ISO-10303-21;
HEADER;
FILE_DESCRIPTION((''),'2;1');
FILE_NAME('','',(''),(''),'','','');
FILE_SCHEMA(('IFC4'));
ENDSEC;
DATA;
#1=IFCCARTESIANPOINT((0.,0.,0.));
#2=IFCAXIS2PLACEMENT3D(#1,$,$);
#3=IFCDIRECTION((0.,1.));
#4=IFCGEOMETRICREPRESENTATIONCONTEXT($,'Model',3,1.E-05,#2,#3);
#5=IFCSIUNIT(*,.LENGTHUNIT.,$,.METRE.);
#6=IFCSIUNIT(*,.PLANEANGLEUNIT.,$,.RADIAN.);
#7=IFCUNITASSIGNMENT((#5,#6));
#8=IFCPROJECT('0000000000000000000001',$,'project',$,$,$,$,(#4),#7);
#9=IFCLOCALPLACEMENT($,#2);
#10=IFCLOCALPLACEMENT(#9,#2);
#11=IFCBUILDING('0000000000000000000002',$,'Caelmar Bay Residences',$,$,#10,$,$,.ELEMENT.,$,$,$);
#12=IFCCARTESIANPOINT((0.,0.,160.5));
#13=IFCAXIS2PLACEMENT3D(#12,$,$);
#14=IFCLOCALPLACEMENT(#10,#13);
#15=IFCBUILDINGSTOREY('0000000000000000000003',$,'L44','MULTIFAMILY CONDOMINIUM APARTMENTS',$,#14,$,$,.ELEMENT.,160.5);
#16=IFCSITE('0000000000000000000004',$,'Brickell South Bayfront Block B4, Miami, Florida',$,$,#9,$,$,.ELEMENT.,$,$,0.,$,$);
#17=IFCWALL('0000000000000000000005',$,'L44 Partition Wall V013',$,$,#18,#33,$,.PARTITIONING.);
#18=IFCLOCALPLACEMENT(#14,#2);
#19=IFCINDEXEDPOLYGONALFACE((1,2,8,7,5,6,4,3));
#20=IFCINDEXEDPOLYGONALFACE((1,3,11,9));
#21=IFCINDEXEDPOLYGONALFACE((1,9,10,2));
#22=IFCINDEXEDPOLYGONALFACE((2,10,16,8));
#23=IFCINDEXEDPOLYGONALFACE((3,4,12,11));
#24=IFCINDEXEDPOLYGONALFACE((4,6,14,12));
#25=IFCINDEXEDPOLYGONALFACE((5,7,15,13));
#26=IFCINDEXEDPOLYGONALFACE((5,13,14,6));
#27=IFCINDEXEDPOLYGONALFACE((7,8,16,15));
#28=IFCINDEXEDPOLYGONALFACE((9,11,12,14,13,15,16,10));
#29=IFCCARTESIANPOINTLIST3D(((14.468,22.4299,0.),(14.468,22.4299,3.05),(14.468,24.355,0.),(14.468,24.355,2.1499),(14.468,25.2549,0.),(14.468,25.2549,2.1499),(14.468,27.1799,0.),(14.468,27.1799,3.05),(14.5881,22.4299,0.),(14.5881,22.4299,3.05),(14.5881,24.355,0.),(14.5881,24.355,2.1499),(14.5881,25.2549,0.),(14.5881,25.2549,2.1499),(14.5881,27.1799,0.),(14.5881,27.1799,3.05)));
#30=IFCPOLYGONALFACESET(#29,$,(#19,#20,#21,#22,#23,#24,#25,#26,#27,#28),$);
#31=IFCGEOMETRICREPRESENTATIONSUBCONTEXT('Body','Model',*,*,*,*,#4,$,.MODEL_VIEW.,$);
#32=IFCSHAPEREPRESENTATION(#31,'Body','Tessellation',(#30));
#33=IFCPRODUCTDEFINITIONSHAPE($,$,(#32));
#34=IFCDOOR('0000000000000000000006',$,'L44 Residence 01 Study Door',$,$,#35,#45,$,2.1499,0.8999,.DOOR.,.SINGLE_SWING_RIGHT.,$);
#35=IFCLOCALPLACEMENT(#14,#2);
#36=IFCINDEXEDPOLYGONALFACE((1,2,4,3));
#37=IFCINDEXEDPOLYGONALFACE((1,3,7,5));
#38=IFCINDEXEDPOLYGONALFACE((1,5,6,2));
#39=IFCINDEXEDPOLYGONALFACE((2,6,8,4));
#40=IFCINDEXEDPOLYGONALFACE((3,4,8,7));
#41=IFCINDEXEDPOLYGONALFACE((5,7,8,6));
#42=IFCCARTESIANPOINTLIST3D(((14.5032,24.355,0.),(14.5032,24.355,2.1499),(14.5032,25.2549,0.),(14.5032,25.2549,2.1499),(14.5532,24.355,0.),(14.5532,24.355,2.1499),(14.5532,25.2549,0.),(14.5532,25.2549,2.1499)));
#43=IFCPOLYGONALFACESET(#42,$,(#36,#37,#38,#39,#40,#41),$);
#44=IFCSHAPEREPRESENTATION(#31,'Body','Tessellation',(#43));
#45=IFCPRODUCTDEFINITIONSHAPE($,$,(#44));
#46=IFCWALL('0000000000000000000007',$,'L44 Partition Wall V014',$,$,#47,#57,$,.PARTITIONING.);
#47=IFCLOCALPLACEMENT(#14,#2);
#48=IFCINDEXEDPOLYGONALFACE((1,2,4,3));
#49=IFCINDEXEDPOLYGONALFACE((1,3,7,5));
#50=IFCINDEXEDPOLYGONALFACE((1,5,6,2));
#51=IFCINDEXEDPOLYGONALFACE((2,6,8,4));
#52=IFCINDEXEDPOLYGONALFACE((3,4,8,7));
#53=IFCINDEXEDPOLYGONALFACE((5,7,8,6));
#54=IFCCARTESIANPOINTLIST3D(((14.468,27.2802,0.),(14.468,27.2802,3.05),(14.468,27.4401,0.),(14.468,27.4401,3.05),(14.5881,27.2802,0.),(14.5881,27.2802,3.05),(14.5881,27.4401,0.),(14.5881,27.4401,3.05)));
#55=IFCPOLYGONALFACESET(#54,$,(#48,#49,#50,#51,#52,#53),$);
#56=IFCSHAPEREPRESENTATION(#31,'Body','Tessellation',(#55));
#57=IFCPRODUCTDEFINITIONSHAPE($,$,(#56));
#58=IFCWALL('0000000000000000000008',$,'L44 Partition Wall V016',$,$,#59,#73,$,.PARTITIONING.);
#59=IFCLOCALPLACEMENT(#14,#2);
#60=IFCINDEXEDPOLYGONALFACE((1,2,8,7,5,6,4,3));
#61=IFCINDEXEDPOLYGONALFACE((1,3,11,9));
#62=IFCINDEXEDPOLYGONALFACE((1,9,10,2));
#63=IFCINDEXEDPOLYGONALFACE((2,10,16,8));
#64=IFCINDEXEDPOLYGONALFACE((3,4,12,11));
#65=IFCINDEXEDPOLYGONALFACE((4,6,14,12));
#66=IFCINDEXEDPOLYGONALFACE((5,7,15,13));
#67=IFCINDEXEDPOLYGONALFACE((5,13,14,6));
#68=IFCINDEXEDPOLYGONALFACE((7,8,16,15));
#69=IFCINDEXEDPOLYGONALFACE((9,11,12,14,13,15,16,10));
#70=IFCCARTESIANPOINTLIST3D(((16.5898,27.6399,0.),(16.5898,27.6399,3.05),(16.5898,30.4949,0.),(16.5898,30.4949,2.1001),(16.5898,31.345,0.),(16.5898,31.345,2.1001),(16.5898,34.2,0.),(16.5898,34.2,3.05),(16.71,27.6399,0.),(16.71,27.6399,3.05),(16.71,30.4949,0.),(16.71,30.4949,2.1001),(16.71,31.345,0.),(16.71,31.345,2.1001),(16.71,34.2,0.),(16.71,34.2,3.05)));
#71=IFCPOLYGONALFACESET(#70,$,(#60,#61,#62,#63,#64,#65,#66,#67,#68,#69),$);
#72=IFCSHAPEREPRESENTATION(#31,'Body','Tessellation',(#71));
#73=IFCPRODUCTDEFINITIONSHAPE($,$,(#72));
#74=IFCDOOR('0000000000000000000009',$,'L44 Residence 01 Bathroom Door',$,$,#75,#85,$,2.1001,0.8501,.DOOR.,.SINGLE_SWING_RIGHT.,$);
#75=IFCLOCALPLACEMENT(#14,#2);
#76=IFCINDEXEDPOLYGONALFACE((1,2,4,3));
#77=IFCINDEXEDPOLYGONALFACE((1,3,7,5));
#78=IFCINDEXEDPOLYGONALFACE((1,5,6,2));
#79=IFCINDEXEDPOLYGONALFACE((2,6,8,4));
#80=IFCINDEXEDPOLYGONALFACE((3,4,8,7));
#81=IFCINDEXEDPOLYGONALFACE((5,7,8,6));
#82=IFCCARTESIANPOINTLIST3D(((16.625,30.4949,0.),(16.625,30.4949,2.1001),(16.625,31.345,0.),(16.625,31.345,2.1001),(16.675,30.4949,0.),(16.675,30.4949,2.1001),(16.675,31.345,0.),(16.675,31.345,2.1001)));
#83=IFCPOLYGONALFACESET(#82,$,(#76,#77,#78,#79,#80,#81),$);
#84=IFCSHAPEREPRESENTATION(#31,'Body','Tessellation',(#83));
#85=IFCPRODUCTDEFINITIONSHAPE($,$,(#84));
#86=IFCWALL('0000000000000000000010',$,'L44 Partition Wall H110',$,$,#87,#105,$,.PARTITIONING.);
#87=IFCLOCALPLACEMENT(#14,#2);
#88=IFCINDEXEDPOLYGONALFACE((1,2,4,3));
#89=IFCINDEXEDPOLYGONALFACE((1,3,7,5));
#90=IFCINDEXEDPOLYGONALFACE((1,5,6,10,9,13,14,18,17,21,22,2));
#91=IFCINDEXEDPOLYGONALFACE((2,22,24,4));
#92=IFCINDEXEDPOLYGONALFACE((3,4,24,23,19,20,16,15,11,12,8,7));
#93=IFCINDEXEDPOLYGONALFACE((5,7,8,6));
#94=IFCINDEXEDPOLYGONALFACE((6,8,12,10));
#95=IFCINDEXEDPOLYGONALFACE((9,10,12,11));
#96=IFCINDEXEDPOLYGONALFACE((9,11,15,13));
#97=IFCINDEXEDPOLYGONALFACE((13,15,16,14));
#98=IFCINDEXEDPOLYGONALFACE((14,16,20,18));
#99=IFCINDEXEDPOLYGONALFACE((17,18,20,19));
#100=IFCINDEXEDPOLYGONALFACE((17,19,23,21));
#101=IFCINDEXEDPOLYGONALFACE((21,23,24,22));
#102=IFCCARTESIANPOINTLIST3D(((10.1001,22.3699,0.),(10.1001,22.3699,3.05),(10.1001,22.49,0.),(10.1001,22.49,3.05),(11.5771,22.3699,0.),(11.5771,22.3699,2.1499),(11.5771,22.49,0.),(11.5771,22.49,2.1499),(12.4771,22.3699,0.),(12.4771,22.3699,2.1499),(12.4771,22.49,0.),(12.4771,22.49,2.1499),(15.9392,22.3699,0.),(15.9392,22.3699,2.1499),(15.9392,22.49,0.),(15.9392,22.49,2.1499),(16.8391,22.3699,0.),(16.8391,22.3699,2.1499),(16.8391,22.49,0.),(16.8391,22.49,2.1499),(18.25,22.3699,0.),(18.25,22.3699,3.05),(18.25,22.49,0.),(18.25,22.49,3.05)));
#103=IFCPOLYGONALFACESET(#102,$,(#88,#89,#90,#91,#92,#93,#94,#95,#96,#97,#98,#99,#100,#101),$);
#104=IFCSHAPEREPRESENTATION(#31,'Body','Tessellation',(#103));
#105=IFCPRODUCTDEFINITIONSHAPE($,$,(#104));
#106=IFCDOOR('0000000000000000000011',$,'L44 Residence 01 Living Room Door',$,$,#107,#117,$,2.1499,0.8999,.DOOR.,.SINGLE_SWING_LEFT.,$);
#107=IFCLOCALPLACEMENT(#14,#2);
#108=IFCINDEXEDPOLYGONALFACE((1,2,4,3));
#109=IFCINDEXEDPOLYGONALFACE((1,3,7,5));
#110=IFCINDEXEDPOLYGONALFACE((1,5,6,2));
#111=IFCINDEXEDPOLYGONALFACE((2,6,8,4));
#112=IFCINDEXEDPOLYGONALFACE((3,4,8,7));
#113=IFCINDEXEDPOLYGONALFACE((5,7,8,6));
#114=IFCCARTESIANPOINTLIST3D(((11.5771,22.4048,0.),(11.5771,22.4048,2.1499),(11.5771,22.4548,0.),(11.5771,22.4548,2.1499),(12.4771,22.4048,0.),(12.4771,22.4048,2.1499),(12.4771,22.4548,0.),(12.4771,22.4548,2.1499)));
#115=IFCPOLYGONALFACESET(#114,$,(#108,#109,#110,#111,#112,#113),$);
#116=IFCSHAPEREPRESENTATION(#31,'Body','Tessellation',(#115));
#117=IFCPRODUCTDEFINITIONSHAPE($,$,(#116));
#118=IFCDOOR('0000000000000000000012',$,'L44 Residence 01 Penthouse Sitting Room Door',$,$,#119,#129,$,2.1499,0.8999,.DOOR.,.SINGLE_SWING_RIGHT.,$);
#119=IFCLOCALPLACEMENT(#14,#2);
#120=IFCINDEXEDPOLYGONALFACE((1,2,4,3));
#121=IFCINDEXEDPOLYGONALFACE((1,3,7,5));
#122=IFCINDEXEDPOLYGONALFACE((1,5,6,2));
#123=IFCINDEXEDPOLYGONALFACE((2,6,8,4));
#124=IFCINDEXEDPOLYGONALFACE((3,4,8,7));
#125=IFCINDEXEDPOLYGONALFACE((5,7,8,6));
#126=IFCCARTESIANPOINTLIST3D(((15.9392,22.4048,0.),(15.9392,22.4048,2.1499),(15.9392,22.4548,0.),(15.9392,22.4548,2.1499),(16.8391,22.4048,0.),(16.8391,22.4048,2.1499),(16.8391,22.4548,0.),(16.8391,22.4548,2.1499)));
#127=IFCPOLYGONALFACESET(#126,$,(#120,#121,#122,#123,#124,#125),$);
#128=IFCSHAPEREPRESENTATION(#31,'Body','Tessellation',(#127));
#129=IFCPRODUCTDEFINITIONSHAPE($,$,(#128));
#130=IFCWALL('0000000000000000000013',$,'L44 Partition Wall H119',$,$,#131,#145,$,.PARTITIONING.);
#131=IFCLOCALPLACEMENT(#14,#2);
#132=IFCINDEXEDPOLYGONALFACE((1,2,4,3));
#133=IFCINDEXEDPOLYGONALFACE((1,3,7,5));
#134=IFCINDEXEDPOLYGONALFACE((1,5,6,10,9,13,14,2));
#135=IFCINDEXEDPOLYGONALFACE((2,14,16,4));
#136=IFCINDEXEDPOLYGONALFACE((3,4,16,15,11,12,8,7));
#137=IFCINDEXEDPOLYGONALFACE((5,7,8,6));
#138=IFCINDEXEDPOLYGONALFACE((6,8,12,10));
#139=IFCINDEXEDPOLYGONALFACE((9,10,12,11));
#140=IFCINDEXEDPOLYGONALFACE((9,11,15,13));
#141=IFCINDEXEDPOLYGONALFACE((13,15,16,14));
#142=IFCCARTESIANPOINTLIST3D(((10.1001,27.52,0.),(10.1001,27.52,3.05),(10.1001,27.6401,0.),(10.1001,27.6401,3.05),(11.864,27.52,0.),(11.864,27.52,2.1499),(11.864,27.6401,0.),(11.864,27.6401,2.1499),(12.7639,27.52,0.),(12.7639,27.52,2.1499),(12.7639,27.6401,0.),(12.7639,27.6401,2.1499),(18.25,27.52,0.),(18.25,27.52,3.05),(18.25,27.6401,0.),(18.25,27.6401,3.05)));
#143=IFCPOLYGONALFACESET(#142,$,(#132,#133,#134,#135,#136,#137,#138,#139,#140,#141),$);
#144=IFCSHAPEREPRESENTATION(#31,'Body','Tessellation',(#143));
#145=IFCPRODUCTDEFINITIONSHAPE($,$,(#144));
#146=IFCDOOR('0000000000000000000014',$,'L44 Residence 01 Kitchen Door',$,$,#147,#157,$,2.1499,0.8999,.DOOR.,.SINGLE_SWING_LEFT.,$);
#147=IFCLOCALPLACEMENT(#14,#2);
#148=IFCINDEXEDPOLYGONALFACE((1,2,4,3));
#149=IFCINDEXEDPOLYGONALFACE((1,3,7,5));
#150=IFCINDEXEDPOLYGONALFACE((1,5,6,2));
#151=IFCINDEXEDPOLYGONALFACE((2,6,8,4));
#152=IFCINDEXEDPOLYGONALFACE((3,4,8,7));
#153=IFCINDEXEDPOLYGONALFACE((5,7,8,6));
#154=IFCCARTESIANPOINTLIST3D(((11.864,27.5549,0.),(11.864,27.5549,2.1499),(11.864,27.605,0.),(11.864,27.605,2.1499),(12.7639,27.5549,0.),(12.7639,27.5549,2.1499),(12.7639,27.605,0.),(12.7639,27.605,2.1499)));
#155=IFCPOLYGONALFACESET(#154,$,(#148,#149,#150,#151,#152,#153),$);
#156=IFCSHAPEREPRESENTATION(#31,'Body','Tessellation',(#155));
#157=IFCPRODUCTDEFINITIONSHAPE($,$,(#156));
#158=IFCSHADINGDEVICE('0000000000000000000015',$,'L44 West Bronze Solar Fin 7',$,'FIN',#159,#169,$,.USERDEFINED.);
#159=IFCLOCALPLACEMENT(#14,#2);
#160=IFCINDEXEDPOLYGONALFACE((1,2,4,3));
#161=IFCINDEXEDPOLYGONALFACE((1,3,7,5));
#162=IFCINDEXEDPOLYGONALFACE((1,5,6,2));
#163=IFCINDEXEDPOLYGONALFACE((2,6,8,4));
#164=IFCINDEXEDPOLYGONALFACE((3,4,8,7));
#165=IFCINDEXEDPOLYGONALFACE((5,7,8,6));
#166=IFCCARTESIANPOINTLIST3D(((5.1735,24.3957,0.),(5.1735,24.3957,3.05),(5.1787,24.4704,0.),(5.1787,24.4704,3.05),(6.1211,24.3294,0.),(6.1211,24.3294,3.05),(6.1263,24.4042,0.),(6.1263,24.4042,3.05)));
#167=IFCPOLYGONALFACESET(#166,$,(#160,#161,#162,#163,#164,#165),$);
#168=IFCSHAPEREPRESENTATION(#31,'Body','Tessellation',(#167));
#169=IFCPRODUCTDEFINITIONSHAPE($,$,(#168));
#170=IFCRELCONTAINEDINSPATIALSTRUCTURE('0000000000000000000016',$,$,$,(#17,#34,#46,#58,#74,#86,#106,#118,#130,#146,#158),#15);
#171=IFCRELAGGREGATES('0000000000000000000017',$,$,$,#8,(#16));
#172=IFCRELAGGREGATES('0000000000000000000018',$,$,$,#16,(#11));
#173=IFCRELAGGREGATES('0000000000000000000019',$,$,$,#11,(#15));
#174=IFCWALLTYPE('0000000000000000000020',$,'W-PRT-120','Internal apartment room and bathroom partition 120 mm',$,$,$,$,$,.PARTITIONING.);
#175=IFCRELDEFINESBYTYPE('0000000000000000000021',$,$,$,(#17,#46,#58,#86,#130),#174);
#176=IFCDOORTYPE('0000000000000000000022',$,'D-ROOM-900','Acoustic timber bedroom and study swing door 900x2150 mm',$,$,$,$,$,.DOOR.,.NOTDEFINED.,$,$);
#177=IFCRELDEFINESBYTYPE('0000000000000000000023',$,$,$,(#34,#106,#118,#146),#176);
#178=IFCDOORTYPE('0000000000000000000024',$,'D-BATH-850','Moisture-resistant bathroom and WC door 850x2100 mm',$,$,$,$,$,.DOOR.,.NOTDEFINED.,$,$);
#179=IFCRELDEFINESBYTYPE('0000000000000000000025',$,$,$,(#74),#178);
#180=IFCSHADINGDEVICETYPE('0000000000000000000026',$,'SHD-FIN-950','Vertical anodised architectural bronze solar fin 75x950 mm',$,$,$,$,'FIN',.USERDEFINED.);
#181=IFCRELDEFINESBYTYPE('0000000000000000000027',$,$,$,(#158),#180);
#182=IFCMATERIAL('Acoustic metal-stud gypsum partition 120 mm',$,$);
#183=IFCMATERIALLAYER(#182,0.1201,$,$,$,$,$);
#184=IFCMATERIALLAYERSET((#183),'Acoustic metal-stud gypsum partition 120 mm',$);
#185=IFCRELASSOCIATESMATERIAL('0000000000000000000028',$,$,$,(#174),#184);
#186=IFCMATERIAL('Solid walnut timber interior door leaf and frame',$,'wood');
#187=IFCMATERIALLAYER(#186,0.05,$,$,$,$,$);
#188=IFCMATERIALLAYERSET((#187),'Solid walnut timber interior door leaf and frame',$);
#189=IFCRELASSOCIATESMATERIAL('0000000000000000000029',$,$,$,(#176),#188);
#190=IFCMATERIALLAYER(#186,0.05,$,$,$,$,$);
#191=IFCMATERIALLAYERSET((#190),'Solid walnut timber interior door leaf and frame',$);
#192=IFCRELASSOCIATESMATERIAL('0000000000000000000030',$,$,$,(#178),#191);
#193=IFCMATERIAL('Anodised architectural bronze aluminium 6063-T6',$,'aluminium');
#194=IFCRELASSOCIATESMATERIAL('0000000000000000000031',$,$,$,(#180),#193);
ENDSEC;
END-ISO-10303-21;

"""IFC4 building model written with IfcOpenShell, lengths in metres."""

from ifc_helpers import new_model, si_unit, direction, frame, frame_2d, origin, origin_2d, place, context, subcontext, project, spatial, rectangle, extrude, material, layer, layer_set, material_profile, profile_set, type_object, element, fill, save


model = new_model("IFC4")

# Units and contexts
model_context = context("Model", 3, precision=1e-05, world=origin(), true_north=direction((0.0, 1.0)))
body_context = subcontext(model_context, "Body", "Model", "MODEL_VIEW")
ifc_project = project(units=[si_unit("LENGTHUNIT", "METRE"), si_unit("PLANEANGLEUNIT", "RADIAN")], contexts=[model_context])

# Site, building, storey
site_placement = place(None, origin())
site = spatial("IfcSite", under=ifc_project, at=site_placement, Name="Brickell South Bayfront Block B4, Miami, Florida", CompositionType="ELEMENT", RefElevation=0.0)
building_placement = place(site_placement, origin())
building = spatial("IfcBuilding", under=site, at=building_placement, Name="Caelmar Bay Residences", CompositionType="ELEMENT")
storey_placement = place(building_placement, frame((0.0, 0.0, 160.5)))
storey = spatial("IfcBuildingStorey", under=building, at=storey_placement, Name="L44", Description="MULTIFAMILY CONDOMINIUM APARTMENTS", CompositionType="ELEMENT", Elevation=160.5)

# Shared definitions
ifc_material_1 = material(Name="Acoustic metal-stud gypsum partition 120 mm")
ifc_layer_1 = layer(ifc_material_1, 0.1201)
ifc_layer_set_1 = layer_set([ifc_layer_1], Name="Acoustic metal-stud gypsum partition 120 mm")
wall_type_1 = type_object("IfcWallType", Name="W-PRT-120", Description="Internal apartment room and bathroom partition 120 mm", PredefinedType="PARTITIONING", material=ifc_layer_set_1)
ifc_material_2 = material(Name="Solid walnut timber interior door leaf and frame", Category="wood")
ifc_layer_2 = layer(ifc_material_2, 0.05)
ifc_layer_set_2 = layer_set([ifc_layer_2], Name="Solid walnut timber interior door leaf and frame")
door_type_1 = type_object("IfcDoorType", Name="D-ROOM-900", Description="Acoustic timber bedroom and study swing door 900x2150 mm", OperationType="NOTDEFINED", PredefinedType="DOOR", material=ifc_layer_set_2)

# Wall, opening, door
wall_1_placement = place(storey_placement, frame((14.5281, 22.4299, 0.0), z_axis=(0.0, 0.0, 1.0), x_axis=(0.0, 1.0, 0.0)))
wall_1 = element("IfcWall", 1, at=wall_1_placement, inside=storey, type_object=wall_type_1, Name="L44 Partition Wall V013", PredefinedType="PARTITIONING", context=body_context, shape_type="SweptSolid", body=[
    extrude(rectangle(XDim=4.75, YDim=0.1201, at=frame_2d((2.375, 0.0))), origin(), (0.0, 0.0, 1.0), 3.05),
])
opening_1_placement = place(wall_1_placement, frame((1.925, 0.0, 0.0)))
opening_1 = element("IfcOpeningElement", 2, at=opening_1_placement, cuts=wall_1, PredefinedType="OPENING", context=body_context, shape_type="SweptSolid", body=[
    extrude(rectangle(XDim=0.8999, YDim=2.1499, at=frame_2d((0.45, 1.075))), frame((0.0, 0.0701, 0.0), z_axis=(0.0, -1.0, 0.0), x_axis=(1.0, 0.0, 0.0)), (0.0, 0.0, 1.0), 0.1401),
])
door_1_placement = place(opening_1_placement, origin())
door_1 = element("IfcDoor", 3, at=door_1_placement, inside=storey, type_object=door_type_1, Name="L44 Residence 01 Study Door", OperationType="SINGLE_SWING_RIGHT", OverallHeight=2.1499, OverallWidth=0.8999, PredefinedType="DOOR", context=body_context, shape_type="SweptSolid", body=[
    extrude(rectangle(XDim=0.8999, YDim=2.1499, at=frame_2d((0.45, 1.075))), frame((0.0, 0.0249, 0.0), z_axis=(0.0, -1.0, 0.0), x_axis=(1.0, 0.0, 0.0)), (0.0, 0.0, 1.0), 0.05),
])
fill(opening_1, door_1)

# Wall
wall_2_placement = place(storey_placement, frame((14.5281, 27.28, 0.0), z_axis=(0.0, 0.0, 1.0), x_axis=(0.0, 1.0, 0.0)))
element("IfcWall", 4, at=wall_2_placement, inside=storey, type_object=wall_type_1, Name="L44 Partition Wall V014", PredefinedType="PARTITIONING", context=body_context, shape_type="SweptSolid", body=[
    extrude(rectangle(XDim=0.1599, YDim=0.1201, at=frame_2d((0.0801, 0.0))), origin(), (0.0, 0.0, 1.0), 3.05),
])

# Wall, opening, door
wall_3_placement = place(storey_placement, frame((16.6499, 27.6399, 0.0), z_axis=(0.0, 0.0, 1.0), x_axis=(0.0, 1.0, 0.0)))
wall_3 = element("IfcWall", 5, at=wall_3_placement, inside=storey, type_object=wall_type_1, Name="L44 Partition Wall V016", PredefinedType="PARTITIONING", context=body_context, shape_type="SweptSolid", body=[
    extrude(rectangle(XDim=6.5601, YDim=0.1201, at=frame_2d((3.28, 0.0))), origin(), (0.0, 0.0, 1.0), 3.05),
])
opening_2_placement = place(wall_3_placement, frame((2.855, 0.0, 0.0)))
opening_2 = element("IfcOpeningElement", 6, at=opening_2_placement, cuts=wall_3, PredefinedType="OPENING", context=body_context, shape_type="SweptSolid", body=[
    extrude(rectangle(XDim=0.8501, YDim=2.1001, at=frame_2d((0.425, 1.05))), frame((0.0, 0.0701, 0.0), z_axis=(0.0, -1.0, 0.0), x_axis=(1.0, 0.0, 0.0)), (0.0, 0.0, 1.0), 0.1401),
])
ifc_layer_3 = layer(ifc_material_2, 0.05)
ifc_layer_set_3 = layer_set([ifc_layer_3], Name="Solid walnut timber interior door leaf and frame")
door_type_2 = type_object("IfcDoorType", Name="D-BATH-850", Description="Moisture-resistant bathroom and WC door 850x2100 mm", OperationType="NOTDEFINED", PredefinedType="DOOR", material=ifc_layer_set_3)
door_2_placement = place(opening_2_placement, origin())
door_2 = element("IfcDoor", 7, at=door_2_placement, inside=storey, type_object=door_type_2, Name="L44 Residence 01 Bathroom Door", OperationType="SINGLE_SWING_RIGHT", OverallHeight=2.1001, OverallWidth=0.8501, PredefinedType="DOOR", context=body_context, shape_type="SweptSolid", body=[
    extrude(rectangle(XDim=0.8501, YDim=2.1001, at=frame_2d((0.425, 1.05))), frame((0.0, 0.0249, 0.0), z_axis=(0.0, -1.0, 0.0), x_axis=(1.0, 0.0, 0.0)), (0.0, 0.0, 1.0), 0.05),
])
fill(opening_2, door_2)

# Wall, openings, doors
wall_4_placement = place(storey_placement, frame((10.1001, 22.4299, 0.0), z_axis=(0.0, 0.0, 1.0), x_axis=(1.0, 0.0, 0.0)))
wall_4 = element("IfcWall", 8, at=wall_4_placement, inside=storey, type_object=wall_type_1, Name="L44 Partition Wall H110", PredefinedType="PARTITIONING", context=body_context, shape_type="SweptSolid", body=[
    extrude(rectangle(XDim=8.1499, YDim=0.1201, at=frame_2d((4.075, 0.0))), origin(), (0.0, 0.0, 1.0), 3.05),
])
opening_3_placement = place(wall_4_placement, frame((1.4771, 0.0, 0.0)))
opening_3 = element("IfcOpeningElement", 9, at=opening_3_placement, cuts=wall_4, PredefinedType="OPENING", context=body_context, shape_type="SweptSolid", body=[
    extrude(rectangle(XDim=0.8999, YDim=2.1499, at=frame_2d((0.45, 1.075))), frame((0.0, 0.0701, 0.0), z_axis=(0.0, -1.0, 0.0), x_axis=(1.0, 0.0, 0.0)), (0.0, 0.0, 1.0), 0.1401),
])
opening_4_placement = place(wall_4_placement, frame((5.8391, 0.0, 0.0)))
opening_4 = element("IfcOpeningElement", 10, at=opening_4_placement, cuts=wall_4, PredefinedType="OPENING", context=body_context, shape_type="SweptSolid", body=[
    extrude(rectangle(XDim=0.8999, YDim=2.1499, at=frame_2d((0.45, 1.075))), frame((0.0, 0.0701, 0.0), z_axis=(0.0, -1.0, 0.0), x_axis=(1.0, 0.0, 0.0)), (0.0, 0.0, 1.0), 0.1401),
])
door_3_placement = place(opening_3_placement, origin())
door_3 = element("IfcDoor", 11, at=door_3_placement, inside=storey, type_object=door_type_1, Name="L44 Residence 01 Living Room Door", OperationType="SINGLE_SWING_LEFT", OverallHeight=2.1499, OverallWidth=0.8999, PredefinedType="DOOR", context=body_context, shape_type="SweptSolid", body=[
    extrude(rectangle(XDim=0.8999, YDim=2.1499, at=frame_2d((0.45, 1.075))), frame((0.0, 0.0249, 0.0), z_axis=(0.0, -1.0, 0.0), x_axis=(1.0, 0.0, 0.0)), (0.0, 0.0, 1.0), 0.05),
])
fill(opening_3, door_3)
door_4_placement = place(opening_4_placement, origin())
door_4 = element("IfcDoor", 12, at=door_4_placement, inside=storey, type_object=door_type_1, Name="L44 Residence 01 Penthouse Sitting Room Door", OperationType="SINGLE_SWING_RIGHT", OverallHeight=2.1499, OverallWidth=0.8999, PredefinedType="DOOR", context=body_context, shape_type="SweptSolid", body=[
    extrude(rectangle(XDim=0.8999, YDim=2.1499, at=frame_2d((0.45, 1.075))), frame((0.0, 0.0249, 0.0), z_axis=(0.0, -1.0, 0.0), x_axis=(1.0, 0.0, 0.0)), (0.0, 0.0, 1.0), 0.05),
])
fill(opening_4, door_4)

# Wall, opening, door
wall_5_placement = place(storey_placement, frame((10.1001, 27.5801, 0.0), z_axis=(0.0, 0.0, 1.0), x_axis=(1.0, 0.0, 0.0)))
wall_5 = element("IfcWall", 13, at=wall_5_placement, inside=storey, type_object=wall_type_1, Name="L44 Partition Wall H119", PredefinedType="PARTITIONING", context=body_context, shape_type="SweptSolid", body=[
    extrude(rectangle(XDim=8.1499, YDim=0.1201, at=frame_2d((4.075, 0.0))), origin(), (0.0, 0.0, 1.0), 3.05),
])
opening_5_placement = place(wall_5_placement, frame((1.7639, 0.0, 0.0)))
opening_5 = element("IfcOpeningElement", 14, at=opening_5_placement, cuts=wall_5, PredefinedType="OPENING", context=body_context, shape_type="SweptSolid", body=[
    extrude(rectangle(XDim=0.8999, YDim=2.1499, at=frame_2d((0.45, 1.075))), frame((0.0, 0.0701, 0.0), z_axis=(0.0, -1.0, 0.0), x_axis=(1.0, 0.0, 0.0)), (0.0, 0.0, 1.0), 0.1401),
])
door_5_placement = place(opening_5_placement, origin())
door_5 = element("IfcDoor", 15, at=door_5_placement, inside=storey, type_object=door_type_1, Name="L44 Residence 01 Kitchen Door", OperationType="SINGLE_SWING_LEFT", OverallHeight=2.1499, OverallWidth=0.8999, PredefinedType="DOOR", context=body_context, shape_type="SweptSolid", body=[
    extrude(rectangle(XDim=0.8999, YDim=2.1499, at=frame_2d((0.45, 1.075))), frame((0.0, 0.0249, 0.0), z_axis=(0.0, -1.0, 0.0), x_axis=(1.0, 0.0, 0.0)), (0.0, 0.0, 1.0), 0.05),
])
fill(opening_5, door_5)

# Shading device
ifc_material_3 = material(Name="Anodised architectural bronze aluminium 6063-T6", Category="aluminium")
ifc_material_profile_1 = material_profile(ifc_material_3, rectangle(XDim=0.075, YDim=0.95, at=origin_2d()), Name="BRONZE-FIN-75X950")
ifc_profile_set_1 = profile_set([ifc_material_profile_1], Name="Anodised architectural bronze aluminium 6063-T6")
shading_device_type = type_object("IfcShadingDeviceType", Name="SHD-FIN-950", Description="Vertical anodised architectural bronze solar fin 75x950 mm", ElementType="FIN", PredefinedType="USERDEFINED", material=ifc_profile_set_1)
for number, where, z_axis, x_axis, name in (
    (16, (5.6499, 24.3999, 0.0), (0.0, 0.0, 1.0), (0.069756, 0.997564, 0.0), "L44 West Bronze Solar Fin 7"),
):
    element("IfcShadingDevice", number, at=place(storey_placement, frame(where, z_axis=z_axis, x_axis=x_axis)), inside=storey, type_object=shading_device_type, Name=name, ObjectType="FIN", PredefinedType="USERDEFINED", context=body_context, shape_type="SweptSolid", body=[
        extrude(rectangle(XDim=0.075, YDim=0.95, at=origin_2d()), origin(), (0.0, 0.0, 1.0), 3.05),
    ])

save(model, "model.ifc")
